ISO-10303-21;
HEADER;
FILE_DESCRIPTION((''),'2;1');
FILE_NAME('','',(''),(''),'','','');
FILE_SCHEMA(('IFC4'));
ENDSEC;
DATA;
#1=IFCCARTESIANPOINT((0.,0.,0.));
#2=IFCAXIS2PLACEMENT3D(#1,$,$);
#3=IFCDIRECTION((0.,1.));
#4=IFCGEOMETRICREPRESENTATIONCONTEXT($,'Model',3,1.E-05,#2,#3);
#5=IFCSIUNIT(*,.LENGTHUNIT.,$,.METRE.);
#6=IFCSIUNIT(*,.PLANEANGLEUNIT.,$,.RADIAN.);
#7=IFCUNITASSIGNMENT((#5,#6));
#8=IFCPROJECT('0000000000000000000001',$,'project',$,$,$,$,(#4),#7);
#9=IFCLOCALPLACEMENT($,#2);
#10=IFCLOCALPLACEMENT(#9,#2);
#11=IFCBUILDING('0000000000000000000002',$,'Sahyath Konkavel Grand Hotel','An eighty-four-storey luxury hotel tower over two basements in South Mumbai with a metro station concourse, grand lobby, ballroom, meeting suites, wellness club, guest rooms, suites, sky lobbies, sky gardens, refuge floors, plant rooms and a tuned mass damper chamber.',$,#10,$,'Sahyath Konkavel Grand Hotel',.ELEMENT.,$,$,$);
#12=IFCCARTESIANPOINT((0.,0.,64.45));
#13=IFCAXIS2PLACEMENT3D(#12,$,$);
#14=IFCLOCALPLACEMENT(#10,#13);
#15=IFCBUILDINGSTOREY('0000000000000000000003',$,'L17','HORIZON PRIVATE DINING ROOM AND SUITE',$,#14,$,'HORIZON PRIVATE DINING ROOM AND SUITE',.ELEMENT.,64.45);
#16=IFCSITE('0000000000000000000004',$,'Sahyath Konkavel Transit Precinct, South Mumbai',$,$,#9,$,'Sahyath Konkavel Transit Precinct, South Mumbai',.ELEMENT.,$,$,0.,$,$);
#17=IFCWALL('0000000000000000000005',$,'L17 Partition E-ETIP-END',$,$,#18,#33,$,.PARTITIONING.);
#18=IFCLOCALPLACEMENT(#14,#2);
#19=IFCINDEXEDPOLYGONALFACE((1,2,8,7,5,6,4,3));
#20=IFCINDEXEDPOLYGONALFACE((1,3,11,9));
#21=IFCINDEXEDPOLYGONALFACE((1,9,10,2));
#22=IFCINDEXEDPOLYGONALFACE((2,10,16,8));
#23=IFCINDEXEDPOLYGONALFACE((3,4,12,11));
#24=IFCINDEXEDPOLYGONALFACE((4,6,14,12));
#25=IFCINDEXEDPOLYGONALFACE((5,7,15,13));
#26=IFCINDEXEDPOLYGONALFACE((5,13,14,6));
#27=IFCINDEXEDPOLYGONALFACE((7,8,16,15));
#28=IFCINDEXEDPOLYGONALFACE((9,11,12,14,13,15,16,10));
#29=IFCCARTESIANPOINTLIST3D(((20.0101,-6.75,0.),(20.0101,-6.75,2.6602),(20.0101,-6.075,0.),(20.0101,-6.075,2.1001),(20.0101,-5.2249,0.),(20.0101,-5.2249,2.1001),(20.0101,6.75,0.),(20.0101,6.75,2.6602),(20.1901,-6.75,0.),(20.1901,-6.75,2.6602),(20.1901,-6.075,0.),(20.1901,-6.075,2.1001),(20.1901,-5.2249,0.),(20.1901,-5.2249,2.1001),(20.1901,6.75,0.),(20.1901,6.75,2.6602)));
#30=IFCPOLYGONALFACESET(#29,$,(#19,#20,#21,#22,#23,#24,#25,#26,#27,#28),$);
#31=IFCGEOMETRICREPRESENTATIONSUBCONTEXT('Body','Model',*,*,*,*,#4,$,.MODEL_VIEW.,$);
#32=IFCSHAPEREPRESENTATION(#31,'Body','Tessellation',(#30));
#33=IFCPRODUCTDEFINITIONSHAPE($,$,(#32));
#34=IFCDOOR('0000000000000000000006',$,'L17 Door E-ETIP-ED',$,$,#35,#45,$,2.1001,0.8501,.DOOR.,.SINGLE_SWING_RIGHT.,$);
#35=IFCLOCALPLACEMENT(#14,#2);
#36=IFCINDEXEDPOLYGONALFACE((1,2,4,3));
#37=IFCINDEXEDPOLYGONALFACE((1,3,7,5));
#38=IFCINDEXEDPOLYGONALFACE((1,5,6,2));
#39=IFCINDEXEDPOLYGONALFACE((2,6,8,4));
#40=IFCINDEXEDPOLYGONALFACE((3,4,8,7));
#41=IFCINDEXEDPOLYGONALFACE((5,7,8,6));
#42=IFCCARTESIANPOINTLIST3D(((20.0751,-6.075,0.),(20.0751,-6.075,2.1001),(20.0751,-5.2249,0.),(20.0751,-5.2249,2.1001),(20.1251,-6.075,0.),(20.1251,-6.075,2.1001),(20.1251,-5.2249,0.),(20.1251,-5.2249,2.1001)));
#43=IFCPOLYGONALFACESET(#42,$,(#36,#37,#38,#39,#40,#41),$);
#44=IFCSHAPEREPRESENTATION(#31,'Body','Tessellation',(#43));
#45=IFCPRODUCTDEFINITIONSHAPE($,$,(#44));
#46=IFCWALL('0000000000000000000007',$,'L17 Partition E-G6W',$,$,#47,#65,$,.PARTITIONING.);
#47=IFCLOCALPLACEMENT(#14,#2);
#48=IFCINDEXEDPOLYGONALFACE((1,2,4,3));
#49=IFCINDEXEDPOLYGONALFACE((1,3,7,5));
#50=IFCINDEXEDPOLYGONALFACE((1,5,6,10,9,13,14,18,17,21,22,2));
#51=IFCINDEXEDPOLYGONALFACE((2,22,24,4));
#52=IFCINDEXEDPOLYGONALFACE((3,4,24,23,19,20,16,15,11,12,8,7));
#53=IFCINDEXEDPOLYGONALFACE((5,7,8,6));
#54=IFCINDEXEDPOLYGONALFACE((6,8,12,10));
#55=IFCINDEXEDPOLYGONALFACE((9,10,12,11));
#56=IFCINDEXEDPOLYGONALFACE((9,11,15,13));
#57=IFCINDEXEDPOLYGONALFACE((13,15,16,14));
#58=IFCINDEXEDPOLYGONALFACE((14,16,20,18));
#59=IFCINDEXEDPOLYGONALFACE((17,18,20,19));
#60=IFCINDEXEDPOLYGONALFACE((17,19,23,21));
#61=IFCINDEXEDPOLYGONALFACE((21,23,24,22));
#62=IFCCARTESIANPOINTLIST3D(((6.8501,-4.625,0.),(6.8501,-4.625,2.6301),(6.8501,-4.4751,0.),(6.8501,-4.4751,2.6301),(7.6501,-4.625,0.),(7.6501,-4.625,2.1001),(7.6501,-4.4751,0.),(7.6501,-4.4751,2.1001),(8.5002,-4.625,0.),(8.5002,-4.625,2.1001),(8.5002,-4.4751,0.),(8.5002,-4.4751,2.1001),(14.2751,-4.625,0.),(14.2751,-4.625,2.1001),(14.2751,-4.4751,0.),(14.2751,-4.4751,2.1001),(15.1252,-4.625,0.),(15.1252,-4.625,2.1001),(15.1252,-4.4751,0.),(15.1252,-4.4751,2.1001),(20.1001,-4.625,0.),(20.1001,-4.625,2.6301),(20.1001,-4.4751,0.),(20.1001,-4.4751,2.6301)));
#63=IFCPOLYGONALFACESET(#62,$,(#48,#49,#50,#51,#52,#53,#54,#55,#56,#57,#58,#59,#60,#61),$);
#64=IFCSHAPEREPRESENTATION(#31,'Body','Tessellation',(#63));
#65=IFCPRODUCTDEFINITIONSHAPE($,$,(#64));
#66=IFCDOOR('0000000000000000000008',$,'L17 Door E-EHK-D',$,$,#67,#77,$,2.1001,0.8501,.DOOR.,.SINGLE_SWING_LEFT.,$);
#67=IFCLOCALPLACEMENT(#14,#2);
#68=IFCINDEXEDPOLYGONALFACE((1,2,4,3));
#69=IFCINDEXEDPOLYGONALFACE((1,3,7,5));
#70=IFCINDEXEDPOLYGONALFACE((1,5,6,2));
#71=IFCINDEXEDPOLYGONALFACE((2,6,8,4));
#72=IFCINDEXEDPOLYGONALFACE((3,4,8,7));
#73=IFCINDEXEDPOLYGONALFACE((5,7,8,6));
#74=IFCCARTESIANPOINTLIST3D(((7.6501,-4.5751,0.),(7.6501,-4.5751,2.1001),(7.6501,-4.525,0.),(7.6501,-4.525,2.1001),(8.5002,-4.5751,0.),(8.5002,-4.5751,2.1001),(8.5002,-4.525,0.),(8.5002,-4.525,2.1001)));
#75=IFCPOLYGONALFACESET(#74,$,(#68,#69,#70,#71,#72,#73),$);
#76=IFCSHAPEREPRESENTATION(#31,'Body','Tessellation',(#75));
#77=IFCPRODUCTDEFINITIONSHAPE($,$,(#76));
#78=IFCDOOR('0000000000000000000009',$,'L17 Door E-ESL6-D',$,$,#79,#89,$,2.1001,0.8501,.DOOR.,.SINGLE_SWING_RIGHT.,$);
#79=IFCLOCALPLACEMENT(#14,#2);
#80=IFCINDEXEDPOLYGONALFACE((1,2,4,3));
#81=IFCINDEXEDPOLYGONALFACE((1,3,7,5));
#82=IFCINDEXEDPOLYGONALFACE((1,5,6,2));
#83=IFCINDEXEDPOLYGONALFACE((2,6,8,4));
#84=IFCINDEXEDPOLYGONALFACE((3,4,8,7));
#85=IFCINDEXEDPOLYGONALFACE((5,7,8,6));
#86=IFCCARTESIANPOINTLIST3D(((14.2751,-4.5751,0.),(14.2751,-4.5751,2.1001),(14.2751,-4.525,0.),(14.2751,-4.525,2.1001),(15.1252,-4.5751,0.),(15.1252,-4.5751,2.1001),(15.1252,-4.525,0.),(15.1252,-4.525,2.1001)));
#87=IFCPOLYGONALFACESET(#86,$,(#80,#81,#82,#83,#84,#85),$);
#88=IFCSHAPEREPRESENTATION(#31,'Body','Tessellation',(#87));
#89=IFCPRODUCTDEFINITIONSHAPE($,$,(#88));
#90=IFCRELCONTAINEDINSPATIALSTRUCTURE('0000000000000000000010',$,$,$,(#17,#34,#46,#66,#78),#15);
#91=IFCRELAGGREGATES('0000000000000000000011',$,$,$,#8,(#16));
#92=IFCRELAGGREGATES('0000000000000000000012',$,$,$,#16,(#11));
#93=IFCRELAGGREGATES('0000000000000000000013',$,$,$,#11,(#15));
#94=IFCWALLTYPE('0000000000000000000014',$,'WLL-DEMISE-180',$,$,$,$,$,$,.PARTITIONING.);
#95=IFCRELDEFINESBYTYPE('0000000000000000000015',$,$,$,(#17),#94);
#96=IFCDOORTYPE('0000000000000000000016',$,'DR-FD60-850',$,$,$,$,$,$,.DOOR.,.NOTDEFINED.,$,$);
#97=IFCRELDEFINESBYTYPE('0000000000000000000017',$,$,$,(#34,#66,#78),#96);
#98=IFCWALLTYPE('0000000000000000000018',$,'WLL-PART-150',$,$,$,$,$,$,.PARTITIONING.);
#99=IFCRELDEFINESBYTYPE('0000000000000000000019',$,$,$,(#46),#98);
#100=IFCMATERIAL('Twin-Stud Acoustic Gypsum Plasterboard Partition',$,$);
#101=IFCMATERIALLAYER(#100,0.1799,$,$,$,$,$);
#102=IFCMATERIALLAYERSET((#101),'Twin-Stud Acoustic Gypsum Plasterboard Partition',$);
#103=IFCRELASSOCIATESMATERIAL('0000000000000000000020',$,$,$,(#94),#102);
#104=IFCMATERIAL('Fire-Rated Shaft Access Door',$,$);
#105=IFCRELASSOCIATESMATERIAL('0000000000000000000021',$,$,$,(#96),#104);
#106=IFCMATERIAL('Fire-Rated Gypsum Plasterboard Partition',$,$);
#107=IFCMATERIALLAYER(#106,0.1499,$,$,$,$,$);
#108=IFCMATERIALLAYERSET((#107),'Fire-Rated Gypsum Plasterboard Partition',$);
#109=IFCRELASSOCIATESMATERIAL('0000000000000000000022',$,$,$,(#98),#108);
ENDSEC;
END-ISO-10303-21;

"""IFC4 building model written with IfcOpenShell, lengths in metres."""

from ifc_helpers import new_model, si_unit, direction, frame, frame_2d, origin, origin_2d, place, context, subcontext, project, spatial, rectangle, extrude, source, transform, mapped, material, layer, layer_set, type_object, element, fill, save


model = new_model("IFC4")

# Units and contexts
model_context = context("Model", 3, precision=1e-05, world=origin(), true_north=direction((0.0, 1.0)))
body_context = subcontext(model_context, "Body", "Model", "MODEL_VIEW")
ifc_project = project(units=[si_unit("LENGTHUNIT", "METRE"), si_unit("PLANEANGLEUNIT", "RADIAN")], contexts=[model_context])

# Site, building, storey
site_placement = place(None, origin())
site = spatial("IfcSite", under=ifc_project, at=site_placement, Name="Sahyath Konkavel Transit Precinct, South Mumbai", LongName="Sahyath Konkavel Transit Precinct, South Mumbai", CompositionType="ELEMENT", RefElevation=0.0)
building_placement = place(site_placement, origin())
building = spatial("IfcBuilding", under=site, at=building_placement, Name="Sahyath Konkavel Grand Hotel", Description="An eighty-four-storey luxury hotel tower over two basements in South Mumbai with a metro station concourse, grand lobby, ballroom, meeting suites, wellness club, guest rooms, suites, sky lobbies, sky gardens, refuge floors, plant rooms and a tuned mass damper chamber.", LongName="Sahyath Konkavel Grand Hotel", CompositionType="ELEMENT")
storey_placement = place(building_placement, frame((0.0, 0.0, 64.45)))
storey = spatial("IfcBuildingStorey", under=building, at=storey_placement, Name="L17", Description="HORIZON PRIVATE DINING ROOM AND SUITE", LongName="HORIZON PRIVATE DINING ROOM AND SUITE", CompositionType="ELEMENT", Elevation=64.45)

# Shared definitions
ifc_material_1 = material(Name="Twin-Stud Acoustic Gypsum Plasterboard Partition")
ifc_layer_1 = layer(ifc_material_1, 0.1799)
ifc_layer_set_1 = layer_set([ifc_layer_1], Name="Twin-Stud Acoustic Gypsum Plasterboard Partition")
wall_type_1 = type_object("IfcWallType", Name="WLL-DEMISE-180", PredefinedType="PARTITIONING", material=ifc_layer_set_1)

# Wall, opening, door
wall_1_placement = place(storey_placement, frame((20.1001, -6.75, 0.0), z_axis=(0.0, 0.0, 1.0), x_axis=(0.0, 1.0, 0.0)))
wall_1 = element("IfcWall", 1, at=wall_1_placement, inside=storey, type_object=wall_type_1, Name="L17 Partition E-ETIP-END", PredefinedType="PARTITIONING", context=body_context, shape_type="SweptSolid", body=[
    extrude(rectangle(XDim=13.5, YDim=0.1799, at=frame_2d((6.75, 0.0))), origin(), (0.0, 0.0, 1.0), 2.6602),
])
opening_1_placement = place(wall_1_placement, frame((0.675, 0.0, 0.0)))
opening_1 = element("IfcOpeningElement", 2, at=opening_1_placement, cuts=wall_1, PredefinedType="OPENING", context=body_context, shape_type="SweptSolid", body=[
    extrude(rectangle(XDim=0.8501, YDim=2.1001, at=frame_2d((0.425, 1.05))), frame((0.0, 0.1001, 0.0), z_axis=(0.0, -1.0, 0.0), x_axis=(1.0, 0.0, 0.0)), (0.0, 0.0, 1.0), 0.2),
])
ifc_material_2 = material(Name="Fire-Rated Shaft Access Door")
door_type = type_object("IfcDoorType", Name="DR-FD60-850", OperationType="NOTDEFINED", PredefinedType="DOOR", material=ifc_material_2)
shared_shape_1 = source(origin(), body_context, "Body", "SweptSolid", [
    extrude(rectangle(XDim=0.8501, YDim=0.05, at=origin_2d()), origin(), (0.0, 0.0, 1.0), 2.1001),
])
door_1_placement = place(opening_1_placement, frame((0.425, 0.0, 0.0)))
door_1 = element("IfcDoor", 3, at=door_1_placement, inside=storey, type_object=door_type, Name="L17 Door E-ETIP-ED", OperationType="SINGLE_SWING_RIGHT", OverallHeight=2.1001, OverallWidth=0.8501, PredefinedType="DOOR", context=body_context, shape_type="MappedRepresentation", body=[
    mapped(shared_shape_1, transform((0.0, 0.0, 0.0), scale=1.0)),
])
fill(opening_1, door_1)

# Wall, openings, doors
ifc_material_3 = material(Name="Fire-Rated Gypsum Plasterboard Partition")
ifc_layer_2 = layer(ifc_material_3, 0.1499)
ifc_layer_set_2 = layer_set([ifc_layer_2], Name="Fire-Rated Gypsum Plasterboard Partition")
wall_type_2 = type_object("IfcWallType", Name="WLL-PART-150", PredefinedType="PARTITIONING", material=ifc_layer_set_2)
wall_2_placement = place(storey_placement, frame((6.8501, -4.55, 0.0), z_axis=(0.0, 0.0, 1.0), x_axis=(1.0, 0.0, 0.0)))
wall_2 = element("IfcWall", 4, at=wall_2_placement, inside=storey, type_object=wall_type_2, Name="L17 Partition E-G6W", PredefinedType="PARTITIONING", context=body_context, shape_type="SweptSolid", body=[
    extrude(rectangle(XDim=13.25, YDim=0.1499, at=frame_2d((6.625, 0.0))), origin(), (0.0, 0.0, 1.0), 2.6301),
])
opening_2_placement = place(wall_2_placement, frame((0.8, 0.0, 0.0)))
opening_2 = element("IfcOpeningElement", 5, at=opening_2_placement, cuts=wall_2, PredefinedType="OPENING", context=body_context, shape_type="SweptSolid", body=[
    extrude(rectangle(XDim=0.8501, YDim=2.1001, at=frame_2d((0.425, 1.05))), frame((0.0, 0.085, 0.0), z_axis=(0.0, -1.0, 0.0), x_axis=(1.0, 0.0, 0.0)), (0.0, 0.0, 1.0), 0.1699),
])
opening_3_placement = place(wall_2_placement, frame((7.425, 0.0, 0.0)))
opening_3 = element("IfcOpeningElement", 6, at=opening_3_placement, cuts=wall_2, PredefinedType="OPENING", context=body_context, shape_type="SweptSolid", body=[
    extrude(rectangle(XDim=0.8501, YDim=2.1001, at=frame_2d((0.425, 1.05))), frame((0.0, 0.085, 0.0), z_axis=(0.0, -1.0, 0.0), x_axis=(1.0, 0.0, 0.0)), (0.0, 0.0, 1.0), 0.1699),
])
door_2_placement = place(opening_2_placement, frame((0.425, 0.0, 0.0)))
door_2 = element("IfcDoor", 7, at=door_2_placement, inside=storey, type_object=door_type, Name="L17 Door E-EHK-D", OperationType="SINGLE_SWING_LEFT", OverallHeight=2.1001, OverallWidth=0.8501, PredefinedType="DOOR", context=body_context, shape_type="MappedRepresentation", body=[
    mapped(shared_shape_1, transform((0.0, 0.0, 0.0), scale=1.0)),
])
fill(opening_2, door_2)
door_3_placement = place(opening_3_placement, frame((0.425, 0.0, 0.0)))
door_3 = element("IfcDoor", 8, at=door_3_placement, inside=storey, type_object=door_type, Name="L17 Door E-ESL6-D", OperationType="SINGLE_SWING_RIGHT", OverallHeight=2.1001, OverallWidth=0.8501, PredefinedType="DOOR", context=body_context, shape_type="MappedRepresentation", body=[
    mapped(shared_shape_1, transform((0.0, 0.0, 0.0), scale=1.0)),
])
fill(opening_3, door_3)

save(model, "model.ifc")
